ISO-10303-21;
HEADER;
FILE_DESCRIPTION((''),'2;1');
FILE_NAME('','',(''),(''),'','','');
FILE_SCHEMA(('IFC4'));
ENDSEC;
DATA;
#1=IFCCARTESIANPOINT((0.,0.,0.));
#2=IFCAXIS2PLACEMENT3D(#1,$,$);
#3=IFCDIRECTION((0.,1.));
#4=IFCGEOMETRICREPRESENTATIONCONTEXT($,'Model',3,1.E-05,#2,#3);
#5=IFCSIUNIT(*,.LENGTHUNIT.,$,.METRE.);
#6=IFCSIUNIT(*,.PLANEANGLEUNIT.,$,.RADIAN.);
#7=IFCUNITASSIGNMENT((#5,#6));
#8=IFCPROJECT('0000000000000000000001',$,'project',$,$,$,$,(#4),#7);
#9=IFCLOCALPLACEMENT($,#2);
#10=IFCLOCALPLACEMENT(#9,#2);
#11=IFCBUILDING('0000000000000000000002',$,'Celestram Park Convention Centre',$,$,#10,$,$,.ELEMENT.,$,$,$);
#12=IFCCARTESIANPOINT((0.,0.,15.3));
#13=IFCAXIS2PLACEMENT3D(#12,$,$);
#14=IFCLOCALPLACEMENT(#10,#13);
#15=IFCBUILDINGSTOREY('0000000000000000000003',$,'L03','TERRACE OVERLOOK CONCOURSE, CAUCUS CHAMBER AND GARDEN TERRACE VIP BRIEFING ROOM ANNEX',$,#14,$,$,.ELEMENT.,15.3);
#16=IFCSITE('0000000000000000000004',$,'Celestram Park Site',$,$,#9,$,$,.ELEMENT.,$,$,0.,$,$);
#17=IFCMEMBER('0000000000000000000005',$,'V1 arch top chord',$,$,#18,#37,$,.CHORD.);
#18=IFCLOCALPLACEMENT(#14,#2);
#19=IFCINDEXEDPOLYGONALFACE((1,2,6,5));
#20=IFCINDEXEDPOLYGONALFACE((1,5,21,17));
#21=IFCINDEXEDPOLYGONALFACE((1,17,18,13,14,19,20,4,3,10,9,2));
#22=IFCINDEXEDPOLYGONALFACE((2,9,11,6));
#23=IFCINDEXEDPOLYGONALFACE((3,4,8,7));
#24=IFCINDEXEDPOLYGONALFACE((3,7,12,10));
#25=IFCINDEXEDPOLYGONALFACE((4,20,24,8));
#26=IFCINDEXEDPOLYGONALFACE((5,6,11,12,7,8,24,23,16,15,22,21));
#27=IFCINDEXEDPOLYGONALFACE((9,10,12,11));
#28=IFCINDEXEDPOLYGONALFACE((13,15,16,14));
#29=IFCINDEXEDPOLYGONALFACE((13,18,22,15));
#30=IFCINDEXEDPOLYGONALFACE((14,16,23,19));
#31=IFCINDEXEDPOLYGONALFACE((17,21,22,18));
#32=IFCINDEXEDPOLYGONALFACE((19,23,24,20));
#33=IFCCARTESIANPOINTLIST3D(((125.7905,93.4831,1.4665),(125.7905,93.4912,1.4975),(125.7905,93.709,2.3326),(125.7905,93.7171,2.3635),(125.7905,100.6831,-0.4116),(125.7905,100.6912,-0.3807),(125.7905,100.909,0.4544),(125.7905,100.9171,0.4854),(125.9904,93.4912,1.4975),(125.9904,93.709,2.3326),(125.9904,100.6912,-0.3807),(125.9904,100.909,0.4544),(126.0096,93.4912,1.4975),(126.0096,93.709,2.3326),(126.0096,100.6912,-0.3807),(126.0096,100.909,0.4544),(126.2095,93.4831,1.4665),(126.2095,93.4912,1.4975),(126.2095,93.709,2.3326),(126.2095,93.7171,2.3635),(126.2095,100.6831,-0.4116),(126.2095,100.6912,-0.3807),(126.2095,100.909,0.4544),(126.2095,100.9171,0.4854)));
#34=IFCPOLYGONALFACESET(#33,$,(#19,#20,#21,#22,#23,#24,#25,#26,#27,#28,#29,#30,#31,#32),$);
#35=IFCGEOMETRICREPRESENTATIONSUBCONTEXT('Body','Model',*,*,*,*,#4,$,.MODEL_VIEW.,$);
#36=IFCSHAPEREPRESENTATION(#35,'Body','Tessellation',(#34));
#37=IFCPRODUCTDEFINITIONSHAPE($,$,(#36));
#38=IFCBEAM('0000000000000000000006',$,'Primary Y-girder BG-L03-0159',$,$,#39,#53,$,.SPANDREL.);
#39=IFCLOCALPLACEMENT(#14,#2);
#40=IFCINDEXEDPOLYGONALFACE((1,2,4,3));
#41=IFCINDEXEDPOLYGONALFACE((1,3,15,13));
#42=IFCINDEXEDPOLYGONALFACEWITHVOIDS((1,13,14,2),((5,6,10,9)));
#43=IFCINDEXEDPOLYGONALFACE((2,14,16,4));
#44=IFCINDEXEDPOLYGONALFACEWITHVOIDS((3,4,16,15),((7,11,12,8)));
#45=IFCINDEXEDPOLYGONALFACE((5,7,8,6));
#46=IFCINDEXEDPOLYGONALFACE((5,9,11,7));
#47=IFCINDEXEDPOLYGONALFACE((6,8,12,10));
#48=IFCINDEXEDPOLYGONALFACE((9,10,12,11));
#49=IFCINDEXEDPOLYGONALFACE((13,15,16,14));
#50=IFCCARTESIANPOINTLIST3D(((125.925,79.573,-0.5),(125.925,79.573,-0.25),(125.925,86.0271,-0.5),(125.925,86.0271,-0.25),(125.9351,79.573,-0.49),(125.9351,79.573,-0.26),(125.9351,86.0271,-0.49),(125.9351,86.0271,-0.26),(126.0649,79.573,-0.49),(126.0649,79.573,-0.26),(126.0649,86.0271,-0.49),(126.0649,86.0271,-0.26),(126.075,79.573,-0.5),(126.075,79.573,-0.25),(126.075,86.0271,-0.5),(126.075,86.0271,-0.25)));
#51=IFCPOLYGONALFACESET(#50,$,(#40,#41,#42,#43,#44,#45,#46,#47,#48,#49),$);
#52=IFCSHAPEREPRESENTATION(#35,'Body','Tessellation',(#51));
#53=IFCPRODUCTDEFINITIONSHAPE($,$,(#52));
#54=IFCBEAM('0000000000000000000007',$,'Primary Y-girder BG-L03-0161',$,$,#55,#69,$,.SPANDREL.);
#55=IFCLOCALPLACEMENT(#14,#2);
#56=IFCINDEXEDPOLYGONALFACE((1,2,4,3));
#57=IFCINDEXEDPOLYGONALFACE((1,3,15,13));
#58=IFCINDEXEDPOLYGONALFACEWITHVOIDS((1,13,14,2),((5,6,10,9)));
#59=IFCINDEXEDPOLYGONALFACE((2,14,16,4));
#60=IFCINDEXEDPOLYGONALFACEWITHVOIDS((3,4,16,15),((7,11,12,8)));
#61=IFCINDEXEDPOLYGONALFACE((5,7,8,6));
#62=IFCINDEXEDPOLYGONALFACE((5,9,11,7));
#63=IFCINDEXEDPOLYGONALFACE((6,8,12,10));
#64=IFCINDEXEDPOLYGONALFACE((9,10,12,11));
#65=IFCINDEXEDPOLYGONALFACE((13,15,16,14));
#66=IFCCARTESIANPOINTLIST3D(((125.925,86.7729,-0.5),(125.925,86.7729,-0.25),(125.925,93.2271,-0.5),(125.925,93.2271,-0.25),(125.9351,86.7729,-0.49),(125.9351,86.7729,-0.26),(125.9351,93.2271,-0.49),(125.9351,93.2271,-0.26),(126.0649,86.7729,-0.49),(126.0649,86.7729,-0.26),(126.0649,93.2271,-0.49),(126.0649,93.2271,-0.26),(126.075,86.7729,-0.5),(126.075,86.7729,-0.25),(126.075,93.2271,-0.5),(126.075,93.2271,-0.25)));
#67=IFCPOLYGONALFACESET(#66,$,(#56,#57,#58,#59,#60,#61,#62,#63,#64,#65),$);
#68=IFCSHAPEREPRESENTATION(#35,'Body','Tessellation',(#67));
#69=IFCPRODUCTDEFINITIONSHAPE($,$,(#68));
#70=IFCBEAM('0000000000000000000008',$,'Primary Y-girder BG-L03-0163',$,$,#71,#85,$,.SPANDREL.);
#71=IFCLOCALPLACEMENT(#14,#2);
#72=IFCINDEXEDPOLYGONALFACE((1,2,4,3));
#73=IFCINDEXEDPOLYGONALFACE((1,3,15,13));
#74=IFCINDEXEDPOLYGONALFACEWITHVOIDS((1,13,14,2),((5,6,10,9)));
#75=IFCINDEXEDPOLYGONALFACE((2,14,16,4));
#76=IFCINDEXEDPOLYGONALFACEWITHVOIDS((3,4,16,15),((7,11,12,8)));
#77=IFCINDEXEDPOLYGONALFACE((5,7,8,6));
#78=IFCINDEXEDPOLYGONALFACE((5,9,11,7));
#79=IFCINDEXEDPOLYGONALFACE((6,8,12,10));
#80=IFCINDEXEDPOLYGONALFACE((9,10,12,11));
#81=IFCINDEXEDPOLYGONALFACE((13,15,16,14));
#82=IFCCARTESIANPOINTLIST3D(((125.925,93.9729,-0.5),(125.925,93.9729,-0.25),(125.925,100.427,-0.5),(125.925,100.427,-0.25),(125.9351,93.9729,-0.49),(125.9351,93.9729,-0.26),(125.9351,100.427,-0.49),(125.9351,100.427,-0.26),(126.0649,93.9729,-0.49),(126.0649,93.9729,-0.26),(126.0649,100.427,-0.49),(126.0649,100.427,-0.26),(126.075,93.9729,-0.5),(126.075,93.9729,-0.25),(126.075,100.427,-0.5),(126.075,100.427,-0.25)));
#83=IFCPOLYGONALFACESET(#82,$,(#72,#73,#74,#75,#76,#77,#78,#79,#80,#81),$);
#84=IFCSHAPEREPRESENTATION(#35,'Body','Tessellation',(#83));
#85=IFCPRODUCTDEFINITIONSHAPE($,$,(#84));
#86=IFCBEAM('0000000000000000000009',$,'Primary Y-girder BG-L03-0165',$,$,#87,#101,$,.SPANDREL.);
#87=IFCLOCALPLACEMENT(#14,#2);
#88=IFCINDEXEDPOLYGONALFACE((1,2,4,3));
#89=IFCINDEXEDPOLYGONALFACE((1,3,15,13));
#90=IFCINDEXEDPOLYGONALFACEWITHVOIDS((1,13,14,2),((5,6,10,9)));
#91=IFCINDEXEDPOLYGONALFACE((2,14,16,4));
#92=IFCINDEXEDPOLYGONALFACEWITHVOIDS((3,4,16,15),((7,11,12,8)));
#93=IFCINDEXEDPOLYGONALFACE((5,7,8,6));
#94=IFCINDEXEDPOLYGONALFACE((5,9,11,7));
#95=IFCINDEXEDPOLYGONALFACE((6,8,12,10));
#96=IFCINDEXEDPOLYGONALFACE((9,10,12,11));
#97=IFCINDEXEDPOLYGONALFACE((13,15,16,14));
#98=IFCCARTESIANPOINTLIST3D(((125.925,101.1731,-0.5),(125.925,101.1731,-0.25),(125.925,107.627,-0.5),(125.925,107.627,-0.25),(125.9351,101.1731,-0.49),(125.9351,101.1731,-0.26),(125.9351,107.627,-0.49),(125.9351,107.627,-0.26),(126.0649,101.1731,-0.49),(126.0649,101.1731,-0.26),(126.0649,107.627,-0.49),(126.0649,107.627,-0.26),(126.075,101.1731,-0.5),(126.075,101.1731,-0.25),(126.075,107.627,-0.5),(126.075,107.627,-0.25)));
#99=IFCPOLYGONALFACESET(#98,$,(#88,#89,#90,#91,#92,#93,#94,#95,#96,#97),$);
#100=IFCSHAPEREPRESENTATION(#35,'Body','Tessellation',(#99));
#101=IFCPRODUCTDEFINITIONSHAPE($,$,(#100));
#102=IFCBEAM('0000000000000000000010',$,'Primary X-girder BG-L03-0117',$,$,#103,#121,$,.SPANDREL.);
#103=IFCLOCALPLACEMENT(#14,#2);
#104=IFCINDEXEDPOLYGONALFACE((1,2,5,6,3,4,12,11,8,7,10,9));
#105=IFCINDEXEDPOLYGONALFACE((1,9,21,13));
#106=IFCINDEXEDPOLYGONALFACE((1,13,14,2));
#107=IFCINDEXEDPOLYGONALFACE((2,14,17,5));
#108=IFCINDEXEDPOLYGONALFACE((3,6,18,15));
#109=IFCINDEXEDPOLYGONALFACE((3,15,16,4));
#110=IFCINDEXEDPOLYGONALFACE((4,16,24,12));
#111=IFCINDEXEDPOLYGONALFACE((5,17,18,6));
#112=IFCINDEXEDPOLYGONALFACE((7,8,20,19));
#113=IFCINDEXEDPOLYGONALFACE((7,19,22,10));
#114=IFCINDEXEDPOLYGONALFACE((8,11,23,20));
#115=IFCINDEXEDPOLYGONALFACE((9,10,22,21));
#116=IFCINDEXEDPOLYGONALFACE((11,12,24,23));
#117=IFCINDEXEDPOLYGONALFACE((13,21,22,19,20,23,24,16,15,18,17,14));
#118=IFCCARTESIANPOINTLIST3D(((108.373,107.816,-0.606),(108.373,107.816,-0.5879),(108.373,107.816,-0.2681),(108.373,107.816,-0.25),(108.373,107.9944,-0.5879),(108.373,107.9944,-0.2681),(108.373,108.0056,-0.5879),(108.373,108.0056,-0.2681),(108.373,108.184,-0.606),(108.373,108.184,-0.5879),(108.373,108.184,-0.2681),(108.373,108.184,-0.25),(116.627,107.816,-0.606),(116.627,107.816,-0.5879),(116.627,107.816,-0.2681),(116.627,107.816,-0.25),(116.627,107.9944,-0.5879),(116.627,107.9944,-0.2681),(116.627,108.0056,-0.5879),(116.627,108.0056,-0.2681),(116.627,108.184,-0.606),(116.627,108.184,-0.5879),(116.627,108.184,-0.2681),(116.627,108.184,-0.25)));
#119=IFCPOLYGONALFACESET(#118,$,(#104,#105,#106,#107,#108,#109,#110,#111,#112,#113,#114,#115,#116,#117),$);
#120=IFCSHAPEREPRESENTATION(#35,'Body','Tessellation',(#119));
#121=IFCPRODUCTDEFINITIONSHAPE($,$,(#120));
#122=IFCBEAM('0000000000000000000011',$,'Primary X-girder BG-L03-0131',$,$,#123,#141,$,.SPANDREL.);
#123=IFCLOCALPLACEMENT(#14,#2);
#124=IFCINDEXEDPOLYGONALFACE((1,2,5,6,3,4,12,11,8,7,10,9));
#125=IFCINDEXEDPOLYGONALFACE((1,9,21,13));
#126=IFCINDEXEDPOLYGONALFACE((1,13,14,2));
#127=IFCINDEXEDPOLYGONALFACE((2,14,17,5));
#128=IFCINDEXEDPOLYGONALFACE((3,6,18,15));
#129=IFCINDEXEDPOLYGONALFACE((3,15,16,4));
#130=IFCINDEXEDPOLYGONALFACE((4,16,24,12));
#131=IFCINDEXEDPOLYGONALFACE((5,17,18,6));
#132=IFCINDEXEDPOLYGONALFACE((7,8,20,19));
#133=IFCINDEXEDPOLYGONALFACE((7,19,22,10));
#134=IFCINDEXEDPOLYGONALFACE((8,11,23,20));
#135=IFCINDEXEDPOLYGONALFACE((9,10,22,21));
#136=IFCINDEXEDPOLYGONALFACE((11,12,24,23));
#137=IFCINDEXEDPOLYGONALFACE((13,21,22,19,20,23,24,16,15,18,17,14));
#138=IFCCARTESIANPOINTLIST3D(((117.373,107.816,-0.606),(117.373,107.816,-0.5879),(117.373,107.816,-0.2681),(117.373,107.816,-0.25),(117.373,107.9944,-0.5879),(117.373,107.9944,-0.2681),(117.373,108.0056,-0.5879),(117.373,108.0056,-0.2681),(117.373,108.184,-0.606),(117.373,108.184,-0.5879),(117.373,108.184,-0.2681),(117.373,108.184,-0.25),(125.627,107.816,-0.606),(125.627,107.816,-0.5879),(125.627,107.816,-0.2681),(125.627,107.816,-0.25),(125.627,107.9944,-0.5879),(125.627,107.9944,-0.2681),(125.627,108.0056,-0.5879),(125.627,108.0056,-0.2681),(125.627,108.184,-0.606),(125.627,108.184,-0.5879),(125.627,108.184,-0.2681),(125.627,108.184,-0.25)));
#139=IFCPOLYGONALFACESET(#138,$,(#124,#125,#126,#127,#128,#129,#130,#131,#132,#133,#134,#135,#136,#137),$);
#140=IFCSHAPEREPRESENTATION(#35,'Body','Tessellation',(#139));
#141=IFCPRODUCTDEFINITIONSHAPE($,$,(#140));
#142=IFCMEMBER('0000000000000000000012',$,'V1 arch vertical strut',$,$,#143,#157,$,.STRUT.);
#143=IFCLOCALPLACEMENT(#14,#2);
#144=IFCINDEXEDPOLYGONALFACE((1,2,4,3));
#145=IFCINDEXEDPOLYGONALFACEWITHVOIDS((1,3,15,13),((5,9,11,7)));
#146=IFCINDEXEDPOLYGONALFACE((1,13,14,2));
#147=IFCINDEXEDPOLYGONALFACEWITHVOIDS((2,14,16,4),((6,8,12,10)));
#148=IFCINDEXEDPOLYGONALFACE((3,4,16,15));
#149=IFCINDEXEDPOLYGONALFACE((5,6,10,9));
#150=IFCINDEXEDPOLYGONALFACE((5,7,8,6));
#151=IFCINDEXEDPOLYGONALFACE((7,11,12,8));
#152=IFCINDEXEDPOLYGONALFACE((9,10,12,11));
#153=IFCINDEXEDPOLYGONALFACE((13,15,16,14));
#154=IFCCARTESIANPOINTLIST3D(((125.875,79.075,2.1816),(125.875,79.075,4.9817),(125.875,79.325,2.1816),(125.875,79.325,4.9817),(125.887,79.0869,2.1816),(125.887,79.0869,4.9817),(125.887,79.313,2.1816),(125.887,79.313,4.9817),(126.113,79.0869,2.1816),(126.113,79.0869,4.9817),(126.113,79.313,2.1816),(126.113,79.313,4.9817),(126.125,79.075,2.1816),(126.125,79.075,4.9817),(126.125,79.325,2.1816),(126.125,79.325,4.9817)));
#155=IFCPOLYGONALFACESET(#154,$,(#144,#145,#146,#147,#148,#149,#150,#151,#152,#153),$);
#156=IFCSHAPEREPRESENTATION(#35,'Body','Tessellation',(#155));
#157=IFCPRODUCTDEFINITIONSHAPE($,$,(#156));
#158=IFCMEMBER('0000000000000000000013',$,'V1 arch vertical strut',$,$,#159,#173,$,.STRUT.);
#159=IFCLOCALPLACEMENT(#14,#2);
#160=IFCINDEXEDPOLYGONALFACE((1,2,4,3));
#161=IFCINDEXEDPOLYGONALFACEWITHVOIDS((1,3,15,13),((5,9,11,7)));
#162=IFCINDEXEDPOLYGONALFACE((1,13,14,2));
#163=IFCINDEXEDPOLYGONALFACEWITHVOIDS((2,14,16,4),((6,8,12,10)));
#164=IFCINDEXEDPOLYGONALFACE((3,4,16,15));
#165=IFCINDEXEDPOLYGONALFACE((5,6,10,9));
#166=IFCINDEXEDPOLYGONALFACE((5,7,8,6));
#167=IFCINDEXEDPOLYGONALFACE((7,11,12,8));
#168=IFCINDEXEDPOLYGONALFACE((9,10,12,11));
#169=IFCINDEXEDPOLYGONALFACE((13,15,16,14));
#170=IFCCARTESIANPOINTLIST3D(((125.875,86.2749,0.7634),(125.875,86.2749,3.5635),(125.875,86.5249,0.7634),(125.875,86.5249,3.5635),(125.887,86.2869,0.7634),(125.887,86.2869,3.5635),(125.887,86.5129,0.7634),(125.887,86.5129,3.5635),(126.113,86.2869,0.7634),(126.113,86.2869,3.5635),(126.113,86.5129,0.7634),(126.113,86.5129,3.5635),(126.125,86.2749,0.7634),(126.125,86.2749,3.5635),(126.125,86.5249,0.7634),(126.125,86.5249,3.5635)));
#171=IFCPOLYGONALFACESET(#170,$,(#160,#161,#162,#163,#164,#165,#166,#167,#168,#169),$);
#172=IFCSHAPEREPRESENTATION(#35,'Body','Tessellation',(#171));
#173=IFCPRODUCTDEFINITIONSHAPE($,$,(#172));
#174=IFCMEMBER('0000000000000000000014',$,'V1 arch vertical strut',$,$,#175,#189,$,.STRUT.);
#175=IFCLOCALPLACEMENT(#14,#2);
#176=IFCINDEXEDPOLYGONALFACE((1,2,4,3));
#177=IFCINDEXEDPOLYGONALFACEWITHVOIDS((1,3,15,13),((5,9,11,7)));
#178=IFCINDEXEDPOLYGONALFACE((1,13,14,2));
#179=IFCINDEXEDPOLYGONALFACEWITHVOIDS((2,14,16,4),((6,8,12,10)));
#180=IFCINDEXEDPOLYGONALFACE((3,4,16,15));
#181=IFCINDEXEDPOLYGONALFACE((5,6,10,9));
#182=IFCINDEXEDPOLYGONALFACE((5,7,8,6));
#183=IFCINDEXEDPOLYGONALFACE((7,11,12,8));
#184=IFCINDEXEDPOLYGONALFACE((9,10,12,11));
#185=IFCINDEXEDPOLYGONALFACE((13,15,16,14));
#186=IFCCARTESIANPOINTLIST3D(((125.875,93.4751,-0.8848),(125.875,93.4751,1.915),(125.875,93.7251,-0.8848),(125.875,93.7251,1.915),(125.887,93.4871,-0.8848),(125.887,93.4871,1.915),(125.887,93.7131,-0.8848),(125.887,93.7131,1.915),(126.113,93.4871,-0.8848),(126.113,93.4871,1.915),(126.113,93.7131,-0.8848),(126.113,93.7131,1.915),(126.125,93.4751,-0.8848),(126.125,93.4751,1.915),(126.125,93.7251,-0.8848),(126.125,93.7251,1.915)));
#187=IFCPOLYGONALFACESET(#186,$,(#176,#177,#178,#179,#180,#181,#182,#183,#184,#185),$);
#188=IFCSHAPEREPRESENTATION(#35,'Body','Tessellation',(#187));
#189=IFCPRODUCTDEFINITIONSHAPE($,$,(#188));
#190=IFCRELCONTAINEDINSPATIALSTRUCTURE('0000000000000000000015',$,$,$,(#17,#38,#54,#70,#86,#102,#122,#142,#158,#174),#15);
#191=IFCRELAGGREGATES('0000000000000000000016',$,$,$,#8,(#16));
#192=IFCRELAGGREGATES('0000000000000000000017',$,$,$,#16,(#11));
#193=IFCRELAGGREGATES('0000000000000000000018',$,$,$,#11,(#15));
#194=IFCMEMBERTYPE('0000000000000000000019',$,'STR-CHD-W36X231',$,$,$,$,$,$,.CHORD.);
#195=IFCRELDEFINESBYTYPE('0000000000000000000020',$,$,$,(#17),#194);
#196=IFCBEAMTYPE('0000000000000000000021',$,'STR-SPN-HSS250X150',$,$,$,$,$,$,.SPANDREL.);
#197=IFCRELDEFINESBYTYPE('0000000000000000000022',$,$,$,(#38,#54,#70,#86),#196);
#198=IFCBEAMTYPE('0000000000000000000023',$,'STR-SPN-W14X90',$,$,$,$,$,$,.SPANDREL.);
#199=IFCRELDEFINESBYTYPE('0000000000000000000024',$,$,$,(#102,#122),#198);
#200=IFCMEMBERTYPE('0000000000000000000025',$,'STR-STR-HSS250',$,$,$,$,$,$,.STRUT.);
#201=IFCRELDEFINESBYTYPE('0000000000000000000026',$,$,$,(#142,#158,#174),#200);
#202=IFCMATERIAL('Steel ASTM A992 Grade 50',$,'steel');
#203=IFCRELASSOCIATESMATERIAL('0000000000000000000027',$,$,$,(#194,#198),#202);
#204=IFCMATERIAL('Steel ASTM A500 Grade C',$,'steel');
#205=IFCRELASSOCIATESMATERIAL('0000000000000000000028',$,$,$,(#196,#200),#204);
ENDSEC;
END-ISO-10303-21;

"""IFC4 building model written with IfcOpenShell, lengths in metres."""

from ifc_helpers import new_model, si_unit, direction, frame, origin, origin_2d, place, context, subcontext, project, spatial, hollow_rectangle, i_section, extrude, material, material_profile, profile_set, type_object, element, save


model = new_model("IFC4")

# Units and contexts
model_context = context("Model", 3, precision=1e-05, world=origin(), true_north=direction((0.0, 1.0)))
body_context = subcontext(model_context, "Body", "Model", "MODEL_VIEW")
ifc_project = project(units=[si_unit("LENGTHUNIT", "METRE"), si_unit("PLANEANGLEUNIT", "RADIAN")], contexts=[model_context])

# Site, building, storey
site_placement = place(None, origin())
site = spatial("IfcSite", under=ifc_project, at=site_placement, Name="Celestram Park Site", CompositionType="ELEMENT", RefElevation=0.0)
building_placement = place(site_placement, origin())
building = spatial("IfcBuilding", under=site, at=building_placement, Name="Celestram Park Convention Centre", CompositionType="ELEMENT")
storey_placement = place(building_placement, frame((0.0, 0.0, 15.3)))
storey = spatial("IfcBuildingStorey", under=building, at=storey_placement, Name="L03", Description="TERRACE OVERLOOK CONCOURSE, CAUCUS CHAMBER AND GARDEN TERRACE VIP BRIEFING ROOM ANNEX", CompositionType="ELEMENT", Elevation=15.3)

# Shared definitions
ifc_material_1 = material(Name="Steel ASTM A992 Grade 50", Category="steel")

# Member
ifc_material_2 = material(Name="Steel ASTM A500 Grade C", Category="steel")
ifc_material_profile_1 = material_profile(ifc_material_1, i_section(OverallWidth=0.4189, OverallDepth=0.927, WebThickness=0.0193, FlangeThickness=0.032, at=origin_2d()), Name="W36X231")
ifc_profile_set_1 = profile_set([ifc_material_profile_1], Name="Steel ASTM A992 Grade 50")
member_type_1 = type_object("IfcMemberType", Name="STR-CHD-W36X231", PredefinedType="CHORD", material=ifc_profile_set_1)
member_1_placement = place(storey_placement, frame((126.0, 93.6001, 1.915), z_axis=(0.0, 0.96762, -0.252413), x_axis=(-1.0, 0.0, 0.0)))
element("IfcMember", 1, at=member_1_placement, inside=storey, type_object=member_type_1, Name="V1 arch top chord", PredefinedType="CHORD", context=body_context, shape_type="SweptSolid", body=[
    extrude(i_section(OverallWidth=0.4189, OverallDepth=0.927, WebThickness=0.0193, FlangeThickness=0.032, at=origin_2d()), origin(), (0.0, 0.0, 1.0), 7.4409),
])

# Beams
ifc_material_profile_2 = material_profile(ifc_material_2, hollow_rectangle(XDim=0.1499, YDim=0.25, WallThickness=0.01, at=origin_2d()), Name="HSS250X150X10")
ifc_profile_set_2 = profile_set([ifc_material_profile_2], Name="Steel ASTM A500 Grade C")
beam_type_1 = type_object("IfcBeamType", Name="STR-SPN-HSS250X150", PredefinedType="SPANDREL", material=ifc_profile_set_2)
for number, where, z_axis, x_axis, name in (
    (2, (126.0, 79.573, -0.375), (0.0, 1.0, 0.0), (-1.0, 0.0, 0.0), "Primary Y-girder BG-L03-0159"),
    (3, (126.0, 86.7729, -0.375), (0.0, 1.0, 0.0), (-1.0, 0.0, 0.0), "Primary Y-girder BG-L03-0161"),
    (4, (126.0, 93.9729, -0.375), (0.0, 1.0, 0.0), (-1.0, 0.0, 0.0), "Primary Y-girder BG-L03-0163"),
):
    element("IfcBeam", number, at=place(storey_placement, frame(where, z_axis=z_axis, x_axis=x_axis)), inside=storey, type_object=beam_type_1, Name=name, PredefinedType="SPANDREL", context=body_context, shape_type="SweptSolid", body=[
        extrude(hollow_rectangle(XDim=0.1499, YDim=0.25, WallThickness=0.01, at=origin_2d()), origin(), (0.0, 0.0, 1.0), 6.4541),
    ])
beam_placement = place(storey_placement, frame((126.0, 101.1731, -0.375), z_axis=(0.0, 1.0, 0.0), x_axis=(-1.0, 0.0, 0.0)))
element("IfcBeam", 5, at=beam_placement, inside=storey, type_object=beam_type_1, Name="Primary Y-girder BG-L03-0165", PredefinedType="SPANDREL", context=body_context, shape_type="SweptSolid", body=[
    extrude(hollow_rectangle(XDim=0.1499, YDim=0.25, WallThickness=0.01, at=origin_2d()), origin(), (0.0, 0.0, 1.0), 6.4539),
])
ifc_material_profile_3 = material_profile(ifc_material_1, i_section(OverallWidth=0.3679, OverallDepth=0.356, WebThickness=0.0112, FlangeThickness=0.0181, at=origin_2d()), Name="W14X90")
ifc_profile_set_3 = profile_set([ifc_material_profile_3], Name="Steel ASTM A992 Grade 50")
beam_type_2 = type_object("IfcBeamType", Name="STR-SPN-W14X90", PredefinedType="SPANDREL", material=ifc_profile_set_3)
for number, where, z_axis, x_axis, name in (
    (6, (108.373, 108.0, -0.428), (1.0, 0.0, 0.0), (0.0, 1.0, 0.0), "Primary X-girder BG-L03-0117"),
    (7, (117.373, 108.0, -0.428), (1.0, 0.0, 0.0), (0.0, 1.0, 0.0), "Primary X-girder BG-L03-0131"),
):
    element("IfcBeam", number, at=place(storey_placement, frame(where, z_axis=z_axis, x_axis=x_axis)), inside=storey, type_object=beam_type_2, Name=name, PredefinedType="SPANDREL", context=body_context, shape_type="SweptSolid", body=[
        extrude(i_section(OverallWidth=0.3679, OverallDepth=0.356, WebThickness=0.0112, FlangeThickness=0.0181, at=origin_2d()), origin(), (0.0, 0.0, 1.0), 8.2539),
    ])

# Members
ifc_material_profile_4 = material_profile(ifc_material_2, hollow_rectangle(XDim=0.25, YDim=0.25, WallThickness=0.012, at=origin_2d()), Name="HSS250X250X12")
ifc_profile_set_4 = profile_set([ifc_material_profile_4], Name="Steel ASTM A500 Grade C")
member_type_2 = type_object("IfcMemberType", Name="STR-STR-HSS250", PredefinedType="STRUT", material=ifc_profile_set_4)
for number, where, z_axis, x_axis, name in (
    (8, (126.0, 79.2, 2.1816), (0.0, 0.0, 1.0), (1.0, 0.0, 0.0), "V1 arch vertical strut"),
    (9, (126.0, 86.3999, 0.7634), (0.0, 0.0, 1.0), (1.0, 0.0, 0.0), "V1 arch vertical strut"),
):
    element("IfcMember", number, at=place(storey_placement, frame(where, z_axis=z_axis, x_axis=x_axis)), inside=storey, type_object=member_type_2, Name=name, PredefinedType="STRUT", context=body_context, shape_type="SweptSolid", body=[
        extrude(hollow_rectangle(XDim=0.25, YDim=0.25, WallThickness=0.012, at=origin_2d()), origin(), (0.0, 0.0, 1.0), 2.8),
    ])
member_2_placement = place(storey_placement, frame((126.0, 93.6001, -0.8848), z_axis=(0.0, 0.0, 1.0), x_axis=(1.0, 0.0, 0.0)))
element("IfcMember", 10, at=member_2_placement, inside=storey, type_object=member_type_2, Name="V1 arch vertical strut", PredefinedType="STRUT", context=body_context, shape_type="SweptSolid", body=[
    extrude(hollow_rectangle(XDim=0.25, YDim=0.25, WallThickness=0.012, at=origin_2d()), origin(), (0.0, 0.0, 1.0), 2.7998),
])

save(model, "model.ifc")
